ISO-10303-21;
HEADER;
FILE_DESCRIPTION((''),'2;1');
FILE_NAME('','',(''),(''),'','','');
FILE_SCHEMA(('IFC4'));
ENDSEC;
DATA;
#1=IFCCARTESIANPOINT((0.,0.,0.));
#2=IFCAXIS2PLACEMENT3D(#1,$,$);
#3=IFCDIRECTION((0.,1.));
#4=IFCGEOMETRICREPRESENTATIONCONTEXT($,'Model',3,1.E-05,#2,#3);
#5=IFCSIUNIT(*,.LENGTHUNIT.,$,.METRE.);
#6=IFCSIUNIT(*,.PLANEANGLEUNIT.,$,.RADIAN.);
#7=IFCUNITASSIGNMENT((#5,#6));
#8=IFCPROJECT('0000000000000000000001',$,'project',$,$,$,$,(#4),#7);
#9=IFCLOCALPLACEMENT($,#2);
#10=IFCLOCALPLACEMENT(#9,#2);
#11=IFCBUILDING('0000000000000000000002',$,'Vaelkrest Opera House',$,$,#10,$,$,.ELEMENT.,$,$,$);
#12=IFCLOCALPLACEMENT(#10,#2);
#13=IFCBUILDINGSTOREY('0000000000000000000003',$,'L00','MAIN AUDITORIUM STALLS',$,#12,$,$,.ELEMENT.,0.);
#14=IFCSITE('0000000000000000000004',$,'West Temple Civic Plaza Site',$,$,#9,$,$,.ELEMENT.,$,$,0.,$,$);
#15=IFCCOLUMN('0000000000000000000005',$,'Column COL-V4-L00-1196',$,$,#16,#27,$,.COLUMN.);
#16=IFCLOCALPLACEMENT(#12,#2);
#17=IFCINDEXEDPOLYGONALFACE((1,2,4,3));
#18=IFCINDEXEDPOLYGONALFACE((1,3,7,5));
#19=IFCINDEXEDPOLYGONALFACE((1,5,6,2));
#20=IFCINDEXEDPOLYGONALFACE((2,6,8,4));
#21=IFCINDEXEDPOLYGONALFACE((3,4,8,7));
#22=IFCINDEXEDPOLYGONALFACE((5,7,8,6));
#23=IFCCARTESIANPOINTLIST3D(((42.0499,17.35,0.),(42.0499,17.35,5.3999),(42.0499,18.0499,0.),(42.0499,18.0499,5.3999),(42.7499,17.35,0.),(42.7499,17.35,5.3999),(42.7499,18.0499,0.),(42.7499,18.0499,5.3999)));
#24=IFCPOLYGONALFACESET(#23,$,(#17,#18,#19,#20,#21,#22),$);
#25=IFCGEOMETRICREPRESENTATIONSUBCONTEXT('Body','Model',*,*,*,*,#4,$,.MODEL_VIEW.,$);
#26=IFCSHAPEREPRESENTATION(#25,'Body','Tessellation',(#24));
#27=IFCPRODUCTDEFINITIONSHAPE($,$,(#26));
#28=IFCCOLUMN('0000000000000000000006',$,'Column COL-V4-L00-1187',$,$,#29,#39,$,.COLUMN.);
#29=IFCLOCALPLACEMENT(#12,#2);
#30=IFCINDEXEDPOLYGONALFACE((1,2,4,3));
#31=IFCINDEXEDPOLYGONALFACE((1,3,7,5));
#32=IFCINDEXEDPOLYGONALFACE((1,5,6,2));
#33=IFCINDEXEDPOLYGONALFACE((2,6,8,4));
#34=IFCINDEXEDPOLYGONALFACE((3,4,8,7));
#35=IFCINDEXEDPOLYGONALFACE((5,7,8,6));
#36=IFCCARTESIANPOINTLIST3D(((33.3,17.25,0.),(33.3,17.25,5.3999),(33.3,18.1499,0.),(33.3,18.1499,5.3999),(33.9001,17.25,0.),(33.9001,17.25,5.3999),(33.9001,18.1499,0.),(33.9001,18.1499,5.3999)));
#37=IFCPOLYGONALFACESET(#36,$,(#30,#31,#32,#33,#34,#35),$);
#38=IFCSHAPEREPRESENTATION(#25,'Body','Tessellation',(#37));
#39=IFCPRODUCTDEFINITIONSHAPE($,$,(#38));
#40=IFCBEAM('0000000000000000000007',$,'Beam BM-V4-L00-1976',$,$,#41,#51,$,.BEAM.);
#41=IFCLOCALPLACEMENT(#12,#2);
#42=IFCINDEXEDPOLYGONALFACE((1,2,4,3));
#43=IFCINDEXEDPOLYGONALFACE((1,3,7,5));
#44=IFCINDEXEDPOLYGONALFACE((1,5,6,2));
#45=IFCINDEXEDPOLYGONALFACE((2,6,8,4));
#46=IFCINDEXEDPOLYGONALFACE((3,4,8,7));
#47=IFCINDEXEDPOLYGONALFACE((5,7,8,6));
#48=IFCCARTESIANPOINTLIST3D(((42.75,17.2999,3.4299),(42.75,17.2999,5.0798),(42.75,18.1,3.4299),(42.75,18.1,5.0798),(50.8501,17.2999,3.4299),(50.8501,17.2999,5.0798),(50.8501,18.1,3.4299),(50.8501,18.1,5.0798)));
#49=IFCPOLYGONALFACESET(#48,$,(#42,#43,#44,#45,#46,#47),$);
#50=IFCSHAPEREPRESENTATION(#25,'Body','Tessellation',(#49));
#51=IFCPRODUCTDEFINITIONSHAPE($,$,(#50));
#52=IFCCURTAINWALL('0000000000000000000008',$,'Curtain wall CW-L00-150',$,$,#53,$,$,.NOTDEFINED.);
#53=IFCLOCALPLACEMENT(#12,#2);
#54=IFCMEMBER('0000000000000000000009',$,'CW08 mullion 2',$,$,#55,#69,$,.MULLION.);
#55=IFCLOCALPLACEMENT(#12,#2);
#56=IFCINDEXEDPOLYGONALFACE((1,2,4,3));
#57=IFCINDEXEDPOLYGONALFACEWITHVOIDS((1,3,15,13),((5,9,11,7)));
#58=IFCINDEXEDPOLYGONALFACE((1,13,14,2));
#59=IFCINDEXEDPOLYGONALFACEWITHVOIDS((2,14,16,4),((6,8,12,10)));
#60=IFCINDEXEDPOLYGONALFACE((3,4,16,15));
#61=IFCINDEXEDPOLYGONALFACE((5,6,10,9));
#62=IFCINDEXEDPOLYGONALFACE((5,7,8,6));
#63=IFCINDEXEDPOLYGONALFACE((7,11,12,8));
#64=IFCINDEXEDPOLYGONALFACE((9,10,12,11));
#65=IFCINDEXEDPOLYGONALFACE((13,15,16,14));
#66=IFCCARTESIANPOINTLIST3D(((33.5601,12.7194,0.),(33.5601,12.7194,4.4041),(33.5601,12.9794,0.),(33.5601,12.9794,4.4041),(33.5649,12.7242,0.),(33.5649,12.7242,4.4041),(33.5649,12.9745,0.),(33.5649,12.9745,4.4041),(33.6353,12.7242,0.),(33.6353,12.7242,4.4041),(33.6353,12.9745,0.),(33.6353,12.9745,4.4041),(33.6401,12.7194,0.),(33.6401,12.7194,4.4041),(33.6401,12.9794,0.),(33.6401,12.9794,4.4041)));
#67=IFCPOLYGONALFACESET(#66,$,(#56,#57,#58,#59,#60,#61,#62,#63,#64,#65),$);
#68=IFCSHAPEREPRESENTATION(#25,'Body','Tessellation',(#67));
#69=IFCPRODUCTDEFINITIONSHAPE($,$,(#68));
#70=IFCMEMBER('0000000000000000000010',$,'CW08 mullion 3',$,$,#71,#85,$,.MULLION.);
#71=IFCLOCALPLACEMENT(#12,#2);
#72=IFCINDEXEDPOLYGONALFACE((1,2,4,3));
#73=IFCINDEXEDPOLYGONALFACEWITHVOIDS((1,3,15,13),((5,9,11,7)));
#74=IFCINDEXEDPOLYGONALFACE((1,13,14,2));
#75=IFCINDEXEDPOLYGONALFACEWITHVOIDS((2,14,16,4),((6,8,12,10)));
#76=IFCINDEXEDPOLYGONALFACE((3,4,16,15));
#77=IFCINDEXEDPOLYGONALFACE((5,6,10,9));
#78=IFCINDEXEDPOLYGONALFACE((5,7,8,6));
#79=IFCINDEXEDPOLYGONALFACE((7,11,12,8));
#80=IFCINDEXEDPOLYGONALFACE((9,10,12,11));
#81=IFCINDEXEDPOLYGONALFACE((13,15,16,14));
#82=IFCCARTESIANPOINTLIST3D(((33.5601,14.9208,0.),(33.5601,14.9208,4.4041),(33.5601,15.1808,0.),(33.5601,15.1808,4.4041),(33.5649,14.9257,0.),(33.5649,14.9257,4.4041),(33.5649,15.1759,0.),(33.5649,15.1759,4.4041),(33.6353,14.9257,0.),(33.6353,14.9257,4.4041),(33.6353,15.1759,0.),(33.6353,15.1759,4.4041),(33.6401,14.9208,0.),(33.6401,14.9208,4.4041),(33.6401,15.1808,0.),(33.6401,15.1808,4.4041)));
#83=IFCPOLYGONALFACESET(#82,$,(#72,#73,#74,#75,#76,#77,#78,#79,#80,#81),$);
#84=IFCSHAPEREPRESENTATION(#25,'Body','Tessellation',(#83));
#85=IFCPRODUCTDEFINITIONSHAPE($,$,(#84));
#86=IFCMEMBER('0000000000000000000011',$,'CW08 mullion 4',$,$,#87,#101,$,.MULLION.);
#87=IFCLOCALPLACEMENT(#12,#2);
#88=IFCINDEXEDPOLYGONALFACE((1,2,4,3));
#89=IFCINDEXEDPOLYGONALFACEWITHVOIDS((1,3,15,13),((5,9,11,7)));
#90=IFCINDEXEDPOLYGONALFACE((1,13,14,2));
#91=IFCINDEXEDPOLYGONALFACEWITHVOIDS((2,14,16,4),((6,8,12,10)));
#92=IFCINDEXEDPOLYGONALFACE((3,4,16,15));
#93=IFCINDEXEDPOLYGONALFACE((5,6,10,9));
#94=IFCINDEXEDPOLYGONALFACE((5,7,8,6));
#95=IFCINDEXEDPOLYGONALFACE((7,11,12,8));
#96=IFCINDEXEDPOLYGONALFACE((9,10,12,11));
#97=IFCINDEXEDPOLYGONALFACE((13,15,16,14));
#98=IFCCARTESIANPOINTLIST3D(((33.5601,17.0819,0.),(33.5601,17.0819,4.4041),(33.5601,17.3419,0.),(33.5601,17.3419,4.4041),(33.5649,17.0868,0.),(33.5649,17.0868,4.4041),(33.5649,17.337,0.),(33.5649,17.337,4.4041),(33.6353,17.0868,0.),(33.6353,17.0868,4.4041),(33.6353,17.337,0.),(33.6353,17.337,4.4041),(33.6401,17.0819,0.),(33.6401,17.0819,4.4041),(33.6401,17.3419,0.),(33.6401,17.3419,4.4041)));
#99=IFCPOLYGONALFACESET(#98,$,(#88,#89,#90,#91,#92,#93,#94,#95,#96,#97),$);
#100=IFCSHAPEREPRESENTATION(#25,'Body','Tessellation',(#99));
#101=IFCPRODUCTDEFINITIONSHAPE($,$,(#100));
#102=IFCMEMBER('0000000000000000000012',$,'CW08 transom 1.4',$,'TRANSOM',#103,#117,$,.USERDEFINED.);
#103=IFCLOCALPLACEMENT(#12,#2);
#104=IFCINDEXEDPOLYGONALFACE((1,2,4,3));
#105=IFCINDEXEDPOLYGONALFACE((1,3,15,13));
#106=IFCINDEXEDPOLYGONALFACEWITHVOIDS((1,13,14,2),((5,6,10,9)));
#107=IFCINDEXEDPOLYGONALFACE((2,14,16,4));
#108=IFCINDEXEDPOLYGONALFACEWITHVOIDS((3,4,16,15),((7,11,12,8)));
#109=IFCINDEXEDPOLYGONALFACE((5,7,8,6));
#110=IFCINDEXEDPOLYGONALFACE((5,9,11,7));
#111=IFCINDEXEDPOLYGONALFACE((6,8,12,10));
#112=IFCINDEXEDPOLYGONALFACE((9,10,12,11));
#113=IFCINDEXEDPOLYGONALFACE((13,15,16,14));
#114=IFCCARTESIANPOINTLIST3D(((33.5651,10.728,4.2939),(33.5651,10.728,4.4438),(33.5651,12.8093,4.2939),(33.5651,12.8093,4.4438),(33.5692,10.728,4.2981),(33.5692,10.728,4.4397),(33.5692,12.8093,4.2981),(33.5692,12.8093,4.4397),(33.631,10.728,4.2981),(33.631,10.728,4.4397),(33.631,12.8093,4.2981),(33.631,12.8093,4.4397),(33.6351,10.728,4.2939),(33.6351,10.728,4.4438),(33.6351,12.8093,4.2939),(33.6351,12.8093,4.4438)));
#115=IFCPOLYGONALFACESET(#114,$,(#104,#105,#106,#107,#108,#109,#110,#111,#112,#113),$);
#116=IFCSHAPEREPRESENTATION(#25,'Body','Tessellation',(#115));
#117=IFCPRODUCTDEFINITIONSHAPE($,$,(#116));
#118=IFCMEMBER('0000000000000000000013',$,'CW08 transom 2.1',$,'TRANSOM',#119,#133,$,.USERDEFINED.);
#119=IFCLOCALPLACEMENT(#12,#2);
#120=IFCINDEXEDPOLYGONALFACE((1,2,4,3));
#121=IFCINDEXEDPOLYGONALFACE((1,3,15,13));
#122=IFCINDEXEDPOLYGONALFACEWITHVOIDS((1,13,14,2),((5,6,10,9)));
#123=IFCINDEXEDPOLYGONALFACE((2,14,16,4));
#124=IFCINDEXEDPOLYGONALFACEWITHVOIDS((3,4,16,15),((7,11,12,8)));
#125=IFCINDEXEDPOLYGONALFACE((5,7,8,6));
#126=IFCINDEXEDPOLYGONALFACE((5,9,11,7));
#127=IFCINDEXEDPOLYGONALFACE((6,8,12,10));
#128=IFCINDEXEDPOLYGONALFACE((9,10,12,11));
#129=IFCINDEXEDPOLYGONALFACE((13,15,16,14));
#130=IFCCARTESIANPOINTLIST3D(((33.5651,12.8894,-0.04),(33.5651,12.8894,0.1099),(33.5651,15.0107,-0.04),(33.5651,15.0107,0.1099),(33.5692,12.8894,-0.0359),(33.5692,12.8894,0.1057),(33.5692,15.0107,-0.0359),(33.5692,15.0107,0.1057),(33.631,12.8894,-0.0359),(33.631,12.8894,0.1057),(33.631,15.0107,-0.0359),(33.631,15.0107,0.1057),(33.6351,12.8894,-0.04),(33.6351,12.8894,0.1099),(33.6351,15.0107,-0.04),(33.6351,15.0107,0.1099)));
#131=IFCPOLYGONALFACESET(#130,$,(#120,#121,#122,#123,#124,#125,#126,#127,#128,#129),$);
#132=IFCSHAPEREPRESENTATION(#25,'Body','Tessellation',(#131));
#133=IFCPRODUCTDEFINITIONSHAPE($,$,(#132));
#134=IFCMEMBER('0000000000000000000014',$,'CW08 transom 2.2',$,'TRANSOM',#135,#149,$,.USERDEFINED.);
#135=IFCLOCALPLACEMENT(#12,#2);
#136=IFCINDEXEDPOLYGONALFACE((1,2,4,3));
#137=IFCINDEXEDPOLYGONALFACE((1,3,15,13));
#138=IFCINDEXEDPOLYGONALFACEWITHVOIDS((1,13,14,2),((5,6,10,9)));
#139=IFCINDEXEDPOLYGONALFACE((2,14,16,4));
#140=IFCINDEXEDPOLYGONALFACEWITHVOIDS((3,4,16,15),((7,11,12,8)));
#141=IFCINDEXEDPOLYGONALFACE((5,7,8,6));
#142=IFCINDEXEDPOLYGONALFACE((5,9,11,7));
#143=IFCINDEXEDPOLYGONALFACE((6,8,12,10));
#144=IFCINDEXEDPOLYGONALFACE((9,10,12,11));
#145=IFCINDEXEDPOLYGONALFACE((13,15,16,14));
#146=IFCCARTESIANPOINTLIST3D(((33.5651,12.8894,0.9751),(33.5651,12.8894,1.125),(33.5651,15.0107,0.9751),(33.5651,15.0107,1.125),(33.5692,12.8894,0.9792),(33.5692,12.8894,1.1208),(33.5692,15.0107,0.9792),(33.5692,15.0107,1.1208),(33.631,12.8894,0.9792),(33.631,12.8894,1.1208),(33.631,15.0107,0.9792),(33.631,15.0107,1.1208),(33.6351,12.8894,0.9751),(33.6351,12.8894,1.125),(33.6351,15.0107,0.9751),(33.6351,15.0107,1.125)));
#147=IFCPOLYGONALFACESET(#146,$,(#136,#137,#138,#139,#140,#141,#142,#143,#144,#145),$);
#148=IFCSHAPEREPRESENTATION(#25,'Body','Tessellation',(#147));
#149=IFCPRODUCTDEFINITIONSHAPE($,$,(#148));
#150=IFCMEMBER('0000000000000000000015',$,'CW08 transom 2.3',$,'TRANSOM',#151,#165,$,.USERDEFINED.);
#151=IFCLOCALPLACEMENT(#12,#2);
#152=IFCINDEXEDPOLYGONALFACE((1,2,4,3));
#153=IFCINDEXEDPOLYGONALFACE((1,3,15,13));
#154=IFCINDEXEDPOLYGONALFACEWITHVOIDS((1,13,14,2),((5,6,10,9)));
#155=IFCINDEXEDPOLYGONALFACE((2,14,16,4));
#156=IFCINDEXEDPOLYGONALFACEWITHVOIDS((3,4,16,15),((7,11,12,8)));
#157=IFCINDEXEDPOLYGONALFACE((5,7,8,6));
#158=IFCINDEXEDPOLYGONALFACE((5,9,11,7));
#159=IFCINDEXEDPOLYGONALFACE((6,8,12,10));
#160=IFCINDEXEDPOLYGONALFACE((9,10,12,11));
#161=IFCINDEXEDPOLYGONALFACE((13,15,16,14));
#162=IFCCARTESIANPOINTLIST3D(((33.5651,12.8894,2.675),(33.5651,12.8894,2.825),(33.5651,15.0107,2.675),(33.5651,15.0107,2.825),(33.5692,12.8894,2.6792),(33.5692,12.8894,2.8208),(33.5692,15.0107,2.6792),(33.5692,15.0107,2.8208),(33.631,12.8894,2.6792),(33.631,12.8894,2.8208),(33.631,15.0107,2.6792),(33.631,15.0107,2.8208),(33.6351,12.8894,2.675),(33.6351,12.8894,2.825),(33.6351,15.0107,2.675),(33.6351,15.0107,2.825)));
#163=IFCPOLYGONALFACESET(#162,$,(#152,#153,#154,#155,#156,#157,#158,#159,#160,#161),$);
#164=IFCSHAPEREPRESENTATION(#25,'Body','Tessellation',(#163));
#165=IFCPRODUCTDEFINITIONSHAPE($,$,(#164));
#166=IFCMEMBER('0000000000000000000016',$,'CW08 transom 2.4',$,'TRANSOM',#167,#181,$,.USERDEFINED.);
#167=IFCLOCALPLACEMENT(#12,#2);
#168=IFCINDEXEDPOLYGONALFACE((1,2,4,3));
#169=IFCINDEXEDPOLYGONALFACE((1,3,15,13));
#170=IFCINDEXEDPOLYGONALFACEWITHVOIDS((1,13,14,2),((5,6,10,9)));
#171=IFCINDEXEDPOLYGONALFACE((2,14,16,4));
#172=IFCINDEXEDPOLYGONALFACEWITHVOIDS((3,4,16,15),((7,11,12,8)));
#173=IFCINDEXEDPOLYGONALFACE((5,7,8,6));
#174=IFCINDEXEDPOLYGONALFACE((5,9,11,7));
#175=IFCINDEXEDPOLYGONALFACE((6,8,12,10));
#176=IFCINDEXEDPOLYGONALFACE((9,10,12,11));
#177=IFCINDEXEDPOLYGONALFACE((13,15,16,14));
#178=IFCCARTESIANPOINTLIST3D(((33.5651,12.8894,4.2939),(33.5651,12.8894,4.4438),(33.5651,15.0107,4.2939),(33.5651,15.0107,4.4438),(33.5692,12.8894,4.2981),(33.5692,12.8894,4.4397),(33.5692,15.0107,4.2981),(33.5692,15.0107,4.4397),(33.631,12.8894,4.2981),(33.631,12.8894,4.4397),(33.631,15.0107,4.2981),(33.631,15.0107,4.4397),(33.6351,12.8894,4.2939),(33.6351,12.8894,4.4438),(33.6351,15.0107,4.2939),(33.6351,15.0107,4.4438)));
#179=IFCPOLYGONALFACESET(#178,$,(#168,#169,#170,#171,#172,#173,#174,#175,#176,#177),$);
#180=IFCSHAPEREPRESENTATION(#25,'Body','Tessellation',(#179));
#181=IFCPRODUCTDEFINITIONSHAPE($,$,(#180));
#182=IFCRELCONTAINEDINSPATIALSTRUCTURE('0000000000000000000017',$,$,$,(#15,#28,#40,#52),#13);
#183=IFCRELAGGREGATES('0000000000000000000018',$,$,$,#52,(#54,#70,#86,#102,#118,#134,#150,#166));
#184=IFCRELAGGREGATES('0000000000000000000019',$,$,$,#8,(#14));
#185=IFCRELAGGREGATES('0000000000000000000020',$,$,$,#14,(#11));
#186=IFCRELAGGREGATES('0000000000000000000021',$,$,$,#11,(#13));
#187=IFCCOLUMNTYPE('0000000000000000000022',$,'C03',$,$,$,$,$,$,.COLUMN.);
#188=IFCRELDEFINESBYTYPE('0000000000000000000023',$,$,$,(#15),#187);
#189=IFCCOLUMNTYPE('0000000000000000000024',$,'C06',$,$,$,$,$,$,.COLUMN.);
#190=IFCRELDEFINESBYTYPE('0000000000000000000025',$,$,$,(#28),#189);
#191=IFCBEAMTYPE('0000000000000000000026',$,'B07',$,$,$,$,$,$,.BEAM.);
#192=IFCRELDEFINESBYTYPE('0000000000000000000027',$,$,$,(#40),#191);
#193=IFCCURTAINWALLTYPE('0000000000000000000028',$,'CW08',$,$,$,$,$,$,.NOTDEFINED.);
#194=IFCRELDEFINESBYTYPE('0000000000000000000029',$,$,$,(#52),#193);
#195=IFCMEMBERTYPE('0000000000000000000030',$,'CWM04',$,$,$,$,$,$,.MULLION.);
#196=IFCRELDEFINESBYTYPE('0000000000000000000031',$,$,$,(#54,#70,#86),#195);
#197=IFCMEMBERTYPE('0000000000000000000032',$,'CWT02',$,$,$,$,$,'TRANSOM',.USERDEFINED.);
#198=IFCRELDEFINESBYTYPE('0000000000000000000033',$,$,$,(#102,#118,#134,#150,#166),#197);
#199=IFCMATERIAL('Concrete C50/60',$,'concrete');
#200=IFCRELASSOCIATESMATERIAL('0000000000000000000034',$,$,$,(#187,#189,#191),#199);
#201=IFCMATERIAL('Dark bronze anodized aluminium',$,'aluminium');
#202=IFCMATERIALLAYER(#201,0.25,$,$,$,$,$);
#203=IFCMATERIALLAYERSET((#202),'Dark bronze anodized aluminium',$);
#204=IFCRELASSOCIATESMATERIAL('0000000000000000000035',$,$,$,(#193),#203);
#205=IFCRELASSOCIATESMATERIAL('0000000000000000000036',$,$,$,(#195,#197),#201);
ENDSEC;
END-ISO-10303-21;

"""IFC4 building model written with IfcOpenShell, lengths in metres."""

from ifc_helpers import new_model, si_unit, direction, frame, origin, origin_2d, place, context, subcontext, project, spatial, rectangle, hollow_rectangle, extrude, material, layer, layer_set, material_profile, profile_set, type_object, element, aggregate, save


model = new_model("IFC4")

# Units and contexts
model_context = context("Model", 3, precision=1e-05, world=origin(), true_north=direction((0.0, 1.0)))
body_context = subcontext(model_context, "Body", "Model", "MODEL_VIEW")
ifc_project = project(units=[si_unit("LENGTHUNIT", "METRE"), si_unit("PLANEANGLEUNIT", "RADIAN")], contexts=[model_context])

# Site, building, storey
site_placement = place(None, origin())
site = spatial("IfcSite", under=ifc_project, at=site_placement, Name="West Temple Civic Plaza Site", CompositionType="ELEMENT", RefElevation=0.0)
building_placement = place(site_placement, origin())
building = spatial("IfcBuilding", under=site, at=building_placement, Name="Vaelkrest Opera House", CompositionType="ELEMENT")
storey_placement = place(building_placement, origin())
storey = spatial("IfcBuildingStorey", under=building, at=storey_placement, Name="L00", Description="MAIN AUDITORIUM STALLS", CompositionType="ELEMENT", Elevation=0.0)

# Columns
ifc_material_1 = material(Name="Concrete C50/60", Category="concrete")
ifc_material_profile_1 = material_profile(ifc_material_1, rectangle(XDim=0.7, YDim=0.7, at=origin_2d()), Name="RC700X700")
ifc_profile_set_1 = profile_set([ifc_material_profile_1], Name="Concrete C50/60")
column_type_1 = type_object("IfcColumnType", Name="C03", PredefinedType="COLUMN", material=ifc_profile_set_1)
column_1_placement = place(storey_placement, frame((42.3999, 17.7, 0.0), z_axis=(0.0, 0.0, 1.0), x_axis=(1.0, 0.0, 0.0)))
element("IfcColumn", 1, at=column_1_placement, inside=storey, type_object=column_type_1, Name="Column COL-V4-L00-1196", PredefinedType="COLUMN", context=body_context, shape_type="SweptSolid", body=[
    extrude(rectangle(XDim=0.7, YDim=0.7, at=origin_2d()), origin(), (0.0, 0.0, 1.0), 5.3999),
])
ifc_material_profile_2 = material_profile(ifc_material_1, rectangle(XDim=0.6001, YDim=0.8999, at=origin_2d()), Name="RC600X900")
ifc_profile_set_2 = profile_set([ifc_material_profile_2], Name="Concrete C50/60")
column_type_2 = type_object("IfcColumnType", Name="C06", PredefinedType="COLUMN", material=ifc_profile_set_2)
column_2_placement = place(storey_placement, frame((33.6001, 17.7, 0.0), z_axis=(0.0, 0.0, 1.0), x_axis=(1.0, 0.0, 0.0)))
element("IfcColumn", 2, at=column_2_placement, inside=storey, type_object=column_type_2, Name="Column COL-V4-L00-1187", PredefinedType="COLUMN", context=body_context, shape_type="SweptSolid", body=[
    extrude(rectangle(XDim=0.6001, YDim=0.8999, at=origin_2d()), origin(), (0.0, 0.0, 1.0), 5.3999),
])

# Beam
ifc_material_profile_3 = material_profile(ifc_material_1, rectangle(XDim=0.8, YDim=1.6499, at=origin_2d()), Name="RCB800X1650")
ifc_profile_set_3 = profile_set([ifc_material_profile_3], Name="Concrete C50/60")
beam_type_1 = type_object("IfcBeamType", Name="B07", PredefinedType="BEAM", material=ifc_profile_set_3)
beam_1_placement = place(storey_placement, frame((42.75, 17.7, 4.2549), z_axis=(1.0, 0.0, 0.0), x_axis=(0.0, 1.0, 0.0)))
element("IfcBeam", 3, at=beam_1_placement, inside=storey, type_object=beam_type_1, Name="Beam BM-V4-L00-1976", PredefinedType="BEAM", context=body_context, shape_type="SweptSolid", body=[
    extrude(rectangle(XDim=0.8, YDim=1.6499, at=origin_2d()), origin(), (0.0, 0.0, 1.0), 8.1001),
])

# Curtain wall, members
ifc_material_2 = material(Name="Dark bronze anodized aluminium", Category="aluminium")
ifc_layer_1 = layer(ifc_material_2, 0.25)
ifc_layer_set_1 = layer_set([ifc_layer_1], Name="Dark bronze anodized aluminium")
curtain_wall_type = type_object("IfcCurtainWallType", Name="CW08", PredefinedType="NOTDEFINED", material=ifc_layer_set_1)
curtain_wall_placement = place(storey_placement, origin())
curtain_wall = element("IfcCurtainWall", 4, at=curtain_wall_placement, inside=storey, type_object=curtain_wall_type, Name="Curtain wall CW-L00-150", PredefinedType="NOTDEFINED")
ifc_material_profile_4 = material_profile(ifc_material_2, hollow_rectangle(XDim=0.0801, YDim=0.26, WallThickness=0.0049, at=origin_2d()), Name="CWM80X260")
ifc_profile_set_4 = profile_set([ifc_material_profile_4], Name="Dark bronze anodized aluminium")
member_type_1 = type_object("IfcMemberType", Name="CWM04", PredefinedType="MULLION", material=ifc_profile_set_4)
member_1_placement = place(storey_placement, frame((33.6001, 12.8494, 0.0), z_axis=(0.0, 0.0, 1.0), x_axis=(-1.0, 0.0, 0.0)))
member_1 = element("IfcMember", 5, at=member_1_placement, type_object=member_type_1, Name="CW08 mullion 2", PredefinedType="MULLION", context=body_context, shape_type="SweptSolid", body=[
    extrude(hollow_rectangle(XDim=0.0801, YDim=0.26, WallThickness=0.0049, at=origin_2d()), origin(), (0.0, 0.0, 1.0), 4.4041),
])
member_2_placement = place(storey_placement, frame((33.6001, 15.0508, 0.0), z_axis=(0.0, 0.0, 1.0), x_axis=(-1.0, 0.0, 0.0)))
member_2 = element("IfcMember", 6, at=member_2_placement, type_object=member_type_1, Name="CW08 mullion 3", PredefinedType="MULLION", context=body_context, shape_type="SweptSolid", body=[
    extrude(hollow_rectangle(XDim=0.0801, YDim=0.26, WallThickness=0.0049, at=origin_2d()), origin(), (0.0, 0.0, 1.0), 4.4041),
])
member_3_placement = place(storey_placement, frame((33.6001, 17.2119, 0.0), z_axis=(0.0, 0.0, 1.0), x_axis=(-1.0, 0.0, 0.0)))
member_3 = element("IfcMember", 7, at=member_3_placement, type_object=member_type_1, Name="CW08 mullion 4", PredefinedType="MULLION", context=body_context, shape_type="SweptSolid", body=[
    extrude(hollow_rectangle(XDim=0.0801, YDim=0.26, WallThickness=0.0049, at=origin_2d()), origin(), (0.0, 0.0, 1.0), 4.4041),
])
ifc_material_profile_5 = material_profile(ifc_material_2, hollow_rectangle(XDim=0.0701, YDim=0.1499, WallThickness=0.0042, at=origin_2d()), Name="CWT70X150")
ifc_profile_set_5 = profile_set([ifc_material_profile_5], Name="Dark bronze anodized aluminium")
member_type_2 = type_object("IfcMemberType", Name="CWT02", ElementType="TRANSOM", PredefinedType="USERDEFINED", material=ifc_profile_set_5)
member_4_placement = place(storey_placement, frame((33.6001, 10.728, 4.3689), z_axis=(0.0, 1.0, 0.0), x_axis=(-1.0, 0.0, 0.0)))
member_4 = element("IfcMember", 8, at=member_4_placement, type_object=member_type_2, Name="CW08 transom 1.4", ObjectType="TRANSOM", PredefinedType="USERDEFINED", context=body_context, shape_type="SweptSolid", body=[
    extrude(hollow_rectangle(XDim=0.0701, YDim=0.1499, WallThickness=0.0042, at=origin_2d()), origin(), (0.0, 0.0, 1.0), 2.0813),
])
member_5_placement = place(storey_placement, frame((33.6001, 12.8894, 0.0349), z_axis=(0.0, 1.0, 0.0), x_axis=(-1.0, 0.0, 0.0)))
member_5 = element("IfcMember", 9, at=member_5_placement, type_object=member_type_2, Name="CW08 transom 2.1", ObjectType="TRANSOM", PredefinedType="USERDEFINED", context=body_context, shape_type="SweptSolid", body=[
    extrude(hollow_rectangle(XDim=0.0701, YDim=0.1499, WallThickness=0.0042, at=origin_2d()), origin(), (0.0, 0.0, 1.0), 2.1213),
])
member_6_placement = place(storey_placement, frame((33.6001, 12.8894, 1.05), z_axis=(0.0, 1.0, 0.0), x_axis=(-1.0, 0.0, 0.0)))
member_6 = element("IfcMember", 10, at=member_6_placement, type_object=member_type_2, Name="CW08 transom 2.2", ObjectType="TRANSOM", PredefinedType="USERDEFINED", context=body_context, shape_type="SweptSolid", body=[
    extrude(hollow_rectangle(XDim=0.0701, YDim=0.1499, WallThickness=0.0042, at=origin_2d()), origin(), (0.0, 0.0, 1.0), 2.1213),
])
member_7_placement = place(storey_placement, frame((33.6001, 12.8894, 2.75), z_axis=(0.0, 1.0, 0.0), x_axis=(-1.0, 0.0, 0.0)))
member_7 = element("IfcMember", 11, at=member_7_placement, type_object=member_type_2, Name="CW08 transom 2.3", ObjectType="TRANSOM", PredefinedType="USERDEFINED", context=body_context, shape_type="SweptSolid", body=[
    extrude(hollow_rectangle(XDim=0.0701, YDim=0.1499, WallThickness=0.0042, at=origin_2d()), origin(), (0.0, 0.0, 1.0), 2.1213),
])
member_8_placement = place(storey_placement, frame((33.6001, 12.8894, 4.3689), z_axis=(0.0, 1.0, 0.0), x_axis=(-1.0, 0.0, 0.0)))
member_8 = element("IfcMember", 12, at=member_8_placement, type_object=member_type_2, Name="CW08 transom 2.4", ObjectType="TRANSOM", PredefinedType="USERDEFINED", context=body_context, shape_type="SweptSolid", body=[
    extrude(hollow_rectangle(XDim=0.0701, YDim=0.1499, WallThickness=0.0042, at=origin_2d()), origin(), (0.0, 0.0, 1.0), 2.1213),
])

aggregate(curtain_wall, [member_1, member_2, member_3, member_4, member_5, member_6, member_7, member_8])

save(model, "model.ifc")
